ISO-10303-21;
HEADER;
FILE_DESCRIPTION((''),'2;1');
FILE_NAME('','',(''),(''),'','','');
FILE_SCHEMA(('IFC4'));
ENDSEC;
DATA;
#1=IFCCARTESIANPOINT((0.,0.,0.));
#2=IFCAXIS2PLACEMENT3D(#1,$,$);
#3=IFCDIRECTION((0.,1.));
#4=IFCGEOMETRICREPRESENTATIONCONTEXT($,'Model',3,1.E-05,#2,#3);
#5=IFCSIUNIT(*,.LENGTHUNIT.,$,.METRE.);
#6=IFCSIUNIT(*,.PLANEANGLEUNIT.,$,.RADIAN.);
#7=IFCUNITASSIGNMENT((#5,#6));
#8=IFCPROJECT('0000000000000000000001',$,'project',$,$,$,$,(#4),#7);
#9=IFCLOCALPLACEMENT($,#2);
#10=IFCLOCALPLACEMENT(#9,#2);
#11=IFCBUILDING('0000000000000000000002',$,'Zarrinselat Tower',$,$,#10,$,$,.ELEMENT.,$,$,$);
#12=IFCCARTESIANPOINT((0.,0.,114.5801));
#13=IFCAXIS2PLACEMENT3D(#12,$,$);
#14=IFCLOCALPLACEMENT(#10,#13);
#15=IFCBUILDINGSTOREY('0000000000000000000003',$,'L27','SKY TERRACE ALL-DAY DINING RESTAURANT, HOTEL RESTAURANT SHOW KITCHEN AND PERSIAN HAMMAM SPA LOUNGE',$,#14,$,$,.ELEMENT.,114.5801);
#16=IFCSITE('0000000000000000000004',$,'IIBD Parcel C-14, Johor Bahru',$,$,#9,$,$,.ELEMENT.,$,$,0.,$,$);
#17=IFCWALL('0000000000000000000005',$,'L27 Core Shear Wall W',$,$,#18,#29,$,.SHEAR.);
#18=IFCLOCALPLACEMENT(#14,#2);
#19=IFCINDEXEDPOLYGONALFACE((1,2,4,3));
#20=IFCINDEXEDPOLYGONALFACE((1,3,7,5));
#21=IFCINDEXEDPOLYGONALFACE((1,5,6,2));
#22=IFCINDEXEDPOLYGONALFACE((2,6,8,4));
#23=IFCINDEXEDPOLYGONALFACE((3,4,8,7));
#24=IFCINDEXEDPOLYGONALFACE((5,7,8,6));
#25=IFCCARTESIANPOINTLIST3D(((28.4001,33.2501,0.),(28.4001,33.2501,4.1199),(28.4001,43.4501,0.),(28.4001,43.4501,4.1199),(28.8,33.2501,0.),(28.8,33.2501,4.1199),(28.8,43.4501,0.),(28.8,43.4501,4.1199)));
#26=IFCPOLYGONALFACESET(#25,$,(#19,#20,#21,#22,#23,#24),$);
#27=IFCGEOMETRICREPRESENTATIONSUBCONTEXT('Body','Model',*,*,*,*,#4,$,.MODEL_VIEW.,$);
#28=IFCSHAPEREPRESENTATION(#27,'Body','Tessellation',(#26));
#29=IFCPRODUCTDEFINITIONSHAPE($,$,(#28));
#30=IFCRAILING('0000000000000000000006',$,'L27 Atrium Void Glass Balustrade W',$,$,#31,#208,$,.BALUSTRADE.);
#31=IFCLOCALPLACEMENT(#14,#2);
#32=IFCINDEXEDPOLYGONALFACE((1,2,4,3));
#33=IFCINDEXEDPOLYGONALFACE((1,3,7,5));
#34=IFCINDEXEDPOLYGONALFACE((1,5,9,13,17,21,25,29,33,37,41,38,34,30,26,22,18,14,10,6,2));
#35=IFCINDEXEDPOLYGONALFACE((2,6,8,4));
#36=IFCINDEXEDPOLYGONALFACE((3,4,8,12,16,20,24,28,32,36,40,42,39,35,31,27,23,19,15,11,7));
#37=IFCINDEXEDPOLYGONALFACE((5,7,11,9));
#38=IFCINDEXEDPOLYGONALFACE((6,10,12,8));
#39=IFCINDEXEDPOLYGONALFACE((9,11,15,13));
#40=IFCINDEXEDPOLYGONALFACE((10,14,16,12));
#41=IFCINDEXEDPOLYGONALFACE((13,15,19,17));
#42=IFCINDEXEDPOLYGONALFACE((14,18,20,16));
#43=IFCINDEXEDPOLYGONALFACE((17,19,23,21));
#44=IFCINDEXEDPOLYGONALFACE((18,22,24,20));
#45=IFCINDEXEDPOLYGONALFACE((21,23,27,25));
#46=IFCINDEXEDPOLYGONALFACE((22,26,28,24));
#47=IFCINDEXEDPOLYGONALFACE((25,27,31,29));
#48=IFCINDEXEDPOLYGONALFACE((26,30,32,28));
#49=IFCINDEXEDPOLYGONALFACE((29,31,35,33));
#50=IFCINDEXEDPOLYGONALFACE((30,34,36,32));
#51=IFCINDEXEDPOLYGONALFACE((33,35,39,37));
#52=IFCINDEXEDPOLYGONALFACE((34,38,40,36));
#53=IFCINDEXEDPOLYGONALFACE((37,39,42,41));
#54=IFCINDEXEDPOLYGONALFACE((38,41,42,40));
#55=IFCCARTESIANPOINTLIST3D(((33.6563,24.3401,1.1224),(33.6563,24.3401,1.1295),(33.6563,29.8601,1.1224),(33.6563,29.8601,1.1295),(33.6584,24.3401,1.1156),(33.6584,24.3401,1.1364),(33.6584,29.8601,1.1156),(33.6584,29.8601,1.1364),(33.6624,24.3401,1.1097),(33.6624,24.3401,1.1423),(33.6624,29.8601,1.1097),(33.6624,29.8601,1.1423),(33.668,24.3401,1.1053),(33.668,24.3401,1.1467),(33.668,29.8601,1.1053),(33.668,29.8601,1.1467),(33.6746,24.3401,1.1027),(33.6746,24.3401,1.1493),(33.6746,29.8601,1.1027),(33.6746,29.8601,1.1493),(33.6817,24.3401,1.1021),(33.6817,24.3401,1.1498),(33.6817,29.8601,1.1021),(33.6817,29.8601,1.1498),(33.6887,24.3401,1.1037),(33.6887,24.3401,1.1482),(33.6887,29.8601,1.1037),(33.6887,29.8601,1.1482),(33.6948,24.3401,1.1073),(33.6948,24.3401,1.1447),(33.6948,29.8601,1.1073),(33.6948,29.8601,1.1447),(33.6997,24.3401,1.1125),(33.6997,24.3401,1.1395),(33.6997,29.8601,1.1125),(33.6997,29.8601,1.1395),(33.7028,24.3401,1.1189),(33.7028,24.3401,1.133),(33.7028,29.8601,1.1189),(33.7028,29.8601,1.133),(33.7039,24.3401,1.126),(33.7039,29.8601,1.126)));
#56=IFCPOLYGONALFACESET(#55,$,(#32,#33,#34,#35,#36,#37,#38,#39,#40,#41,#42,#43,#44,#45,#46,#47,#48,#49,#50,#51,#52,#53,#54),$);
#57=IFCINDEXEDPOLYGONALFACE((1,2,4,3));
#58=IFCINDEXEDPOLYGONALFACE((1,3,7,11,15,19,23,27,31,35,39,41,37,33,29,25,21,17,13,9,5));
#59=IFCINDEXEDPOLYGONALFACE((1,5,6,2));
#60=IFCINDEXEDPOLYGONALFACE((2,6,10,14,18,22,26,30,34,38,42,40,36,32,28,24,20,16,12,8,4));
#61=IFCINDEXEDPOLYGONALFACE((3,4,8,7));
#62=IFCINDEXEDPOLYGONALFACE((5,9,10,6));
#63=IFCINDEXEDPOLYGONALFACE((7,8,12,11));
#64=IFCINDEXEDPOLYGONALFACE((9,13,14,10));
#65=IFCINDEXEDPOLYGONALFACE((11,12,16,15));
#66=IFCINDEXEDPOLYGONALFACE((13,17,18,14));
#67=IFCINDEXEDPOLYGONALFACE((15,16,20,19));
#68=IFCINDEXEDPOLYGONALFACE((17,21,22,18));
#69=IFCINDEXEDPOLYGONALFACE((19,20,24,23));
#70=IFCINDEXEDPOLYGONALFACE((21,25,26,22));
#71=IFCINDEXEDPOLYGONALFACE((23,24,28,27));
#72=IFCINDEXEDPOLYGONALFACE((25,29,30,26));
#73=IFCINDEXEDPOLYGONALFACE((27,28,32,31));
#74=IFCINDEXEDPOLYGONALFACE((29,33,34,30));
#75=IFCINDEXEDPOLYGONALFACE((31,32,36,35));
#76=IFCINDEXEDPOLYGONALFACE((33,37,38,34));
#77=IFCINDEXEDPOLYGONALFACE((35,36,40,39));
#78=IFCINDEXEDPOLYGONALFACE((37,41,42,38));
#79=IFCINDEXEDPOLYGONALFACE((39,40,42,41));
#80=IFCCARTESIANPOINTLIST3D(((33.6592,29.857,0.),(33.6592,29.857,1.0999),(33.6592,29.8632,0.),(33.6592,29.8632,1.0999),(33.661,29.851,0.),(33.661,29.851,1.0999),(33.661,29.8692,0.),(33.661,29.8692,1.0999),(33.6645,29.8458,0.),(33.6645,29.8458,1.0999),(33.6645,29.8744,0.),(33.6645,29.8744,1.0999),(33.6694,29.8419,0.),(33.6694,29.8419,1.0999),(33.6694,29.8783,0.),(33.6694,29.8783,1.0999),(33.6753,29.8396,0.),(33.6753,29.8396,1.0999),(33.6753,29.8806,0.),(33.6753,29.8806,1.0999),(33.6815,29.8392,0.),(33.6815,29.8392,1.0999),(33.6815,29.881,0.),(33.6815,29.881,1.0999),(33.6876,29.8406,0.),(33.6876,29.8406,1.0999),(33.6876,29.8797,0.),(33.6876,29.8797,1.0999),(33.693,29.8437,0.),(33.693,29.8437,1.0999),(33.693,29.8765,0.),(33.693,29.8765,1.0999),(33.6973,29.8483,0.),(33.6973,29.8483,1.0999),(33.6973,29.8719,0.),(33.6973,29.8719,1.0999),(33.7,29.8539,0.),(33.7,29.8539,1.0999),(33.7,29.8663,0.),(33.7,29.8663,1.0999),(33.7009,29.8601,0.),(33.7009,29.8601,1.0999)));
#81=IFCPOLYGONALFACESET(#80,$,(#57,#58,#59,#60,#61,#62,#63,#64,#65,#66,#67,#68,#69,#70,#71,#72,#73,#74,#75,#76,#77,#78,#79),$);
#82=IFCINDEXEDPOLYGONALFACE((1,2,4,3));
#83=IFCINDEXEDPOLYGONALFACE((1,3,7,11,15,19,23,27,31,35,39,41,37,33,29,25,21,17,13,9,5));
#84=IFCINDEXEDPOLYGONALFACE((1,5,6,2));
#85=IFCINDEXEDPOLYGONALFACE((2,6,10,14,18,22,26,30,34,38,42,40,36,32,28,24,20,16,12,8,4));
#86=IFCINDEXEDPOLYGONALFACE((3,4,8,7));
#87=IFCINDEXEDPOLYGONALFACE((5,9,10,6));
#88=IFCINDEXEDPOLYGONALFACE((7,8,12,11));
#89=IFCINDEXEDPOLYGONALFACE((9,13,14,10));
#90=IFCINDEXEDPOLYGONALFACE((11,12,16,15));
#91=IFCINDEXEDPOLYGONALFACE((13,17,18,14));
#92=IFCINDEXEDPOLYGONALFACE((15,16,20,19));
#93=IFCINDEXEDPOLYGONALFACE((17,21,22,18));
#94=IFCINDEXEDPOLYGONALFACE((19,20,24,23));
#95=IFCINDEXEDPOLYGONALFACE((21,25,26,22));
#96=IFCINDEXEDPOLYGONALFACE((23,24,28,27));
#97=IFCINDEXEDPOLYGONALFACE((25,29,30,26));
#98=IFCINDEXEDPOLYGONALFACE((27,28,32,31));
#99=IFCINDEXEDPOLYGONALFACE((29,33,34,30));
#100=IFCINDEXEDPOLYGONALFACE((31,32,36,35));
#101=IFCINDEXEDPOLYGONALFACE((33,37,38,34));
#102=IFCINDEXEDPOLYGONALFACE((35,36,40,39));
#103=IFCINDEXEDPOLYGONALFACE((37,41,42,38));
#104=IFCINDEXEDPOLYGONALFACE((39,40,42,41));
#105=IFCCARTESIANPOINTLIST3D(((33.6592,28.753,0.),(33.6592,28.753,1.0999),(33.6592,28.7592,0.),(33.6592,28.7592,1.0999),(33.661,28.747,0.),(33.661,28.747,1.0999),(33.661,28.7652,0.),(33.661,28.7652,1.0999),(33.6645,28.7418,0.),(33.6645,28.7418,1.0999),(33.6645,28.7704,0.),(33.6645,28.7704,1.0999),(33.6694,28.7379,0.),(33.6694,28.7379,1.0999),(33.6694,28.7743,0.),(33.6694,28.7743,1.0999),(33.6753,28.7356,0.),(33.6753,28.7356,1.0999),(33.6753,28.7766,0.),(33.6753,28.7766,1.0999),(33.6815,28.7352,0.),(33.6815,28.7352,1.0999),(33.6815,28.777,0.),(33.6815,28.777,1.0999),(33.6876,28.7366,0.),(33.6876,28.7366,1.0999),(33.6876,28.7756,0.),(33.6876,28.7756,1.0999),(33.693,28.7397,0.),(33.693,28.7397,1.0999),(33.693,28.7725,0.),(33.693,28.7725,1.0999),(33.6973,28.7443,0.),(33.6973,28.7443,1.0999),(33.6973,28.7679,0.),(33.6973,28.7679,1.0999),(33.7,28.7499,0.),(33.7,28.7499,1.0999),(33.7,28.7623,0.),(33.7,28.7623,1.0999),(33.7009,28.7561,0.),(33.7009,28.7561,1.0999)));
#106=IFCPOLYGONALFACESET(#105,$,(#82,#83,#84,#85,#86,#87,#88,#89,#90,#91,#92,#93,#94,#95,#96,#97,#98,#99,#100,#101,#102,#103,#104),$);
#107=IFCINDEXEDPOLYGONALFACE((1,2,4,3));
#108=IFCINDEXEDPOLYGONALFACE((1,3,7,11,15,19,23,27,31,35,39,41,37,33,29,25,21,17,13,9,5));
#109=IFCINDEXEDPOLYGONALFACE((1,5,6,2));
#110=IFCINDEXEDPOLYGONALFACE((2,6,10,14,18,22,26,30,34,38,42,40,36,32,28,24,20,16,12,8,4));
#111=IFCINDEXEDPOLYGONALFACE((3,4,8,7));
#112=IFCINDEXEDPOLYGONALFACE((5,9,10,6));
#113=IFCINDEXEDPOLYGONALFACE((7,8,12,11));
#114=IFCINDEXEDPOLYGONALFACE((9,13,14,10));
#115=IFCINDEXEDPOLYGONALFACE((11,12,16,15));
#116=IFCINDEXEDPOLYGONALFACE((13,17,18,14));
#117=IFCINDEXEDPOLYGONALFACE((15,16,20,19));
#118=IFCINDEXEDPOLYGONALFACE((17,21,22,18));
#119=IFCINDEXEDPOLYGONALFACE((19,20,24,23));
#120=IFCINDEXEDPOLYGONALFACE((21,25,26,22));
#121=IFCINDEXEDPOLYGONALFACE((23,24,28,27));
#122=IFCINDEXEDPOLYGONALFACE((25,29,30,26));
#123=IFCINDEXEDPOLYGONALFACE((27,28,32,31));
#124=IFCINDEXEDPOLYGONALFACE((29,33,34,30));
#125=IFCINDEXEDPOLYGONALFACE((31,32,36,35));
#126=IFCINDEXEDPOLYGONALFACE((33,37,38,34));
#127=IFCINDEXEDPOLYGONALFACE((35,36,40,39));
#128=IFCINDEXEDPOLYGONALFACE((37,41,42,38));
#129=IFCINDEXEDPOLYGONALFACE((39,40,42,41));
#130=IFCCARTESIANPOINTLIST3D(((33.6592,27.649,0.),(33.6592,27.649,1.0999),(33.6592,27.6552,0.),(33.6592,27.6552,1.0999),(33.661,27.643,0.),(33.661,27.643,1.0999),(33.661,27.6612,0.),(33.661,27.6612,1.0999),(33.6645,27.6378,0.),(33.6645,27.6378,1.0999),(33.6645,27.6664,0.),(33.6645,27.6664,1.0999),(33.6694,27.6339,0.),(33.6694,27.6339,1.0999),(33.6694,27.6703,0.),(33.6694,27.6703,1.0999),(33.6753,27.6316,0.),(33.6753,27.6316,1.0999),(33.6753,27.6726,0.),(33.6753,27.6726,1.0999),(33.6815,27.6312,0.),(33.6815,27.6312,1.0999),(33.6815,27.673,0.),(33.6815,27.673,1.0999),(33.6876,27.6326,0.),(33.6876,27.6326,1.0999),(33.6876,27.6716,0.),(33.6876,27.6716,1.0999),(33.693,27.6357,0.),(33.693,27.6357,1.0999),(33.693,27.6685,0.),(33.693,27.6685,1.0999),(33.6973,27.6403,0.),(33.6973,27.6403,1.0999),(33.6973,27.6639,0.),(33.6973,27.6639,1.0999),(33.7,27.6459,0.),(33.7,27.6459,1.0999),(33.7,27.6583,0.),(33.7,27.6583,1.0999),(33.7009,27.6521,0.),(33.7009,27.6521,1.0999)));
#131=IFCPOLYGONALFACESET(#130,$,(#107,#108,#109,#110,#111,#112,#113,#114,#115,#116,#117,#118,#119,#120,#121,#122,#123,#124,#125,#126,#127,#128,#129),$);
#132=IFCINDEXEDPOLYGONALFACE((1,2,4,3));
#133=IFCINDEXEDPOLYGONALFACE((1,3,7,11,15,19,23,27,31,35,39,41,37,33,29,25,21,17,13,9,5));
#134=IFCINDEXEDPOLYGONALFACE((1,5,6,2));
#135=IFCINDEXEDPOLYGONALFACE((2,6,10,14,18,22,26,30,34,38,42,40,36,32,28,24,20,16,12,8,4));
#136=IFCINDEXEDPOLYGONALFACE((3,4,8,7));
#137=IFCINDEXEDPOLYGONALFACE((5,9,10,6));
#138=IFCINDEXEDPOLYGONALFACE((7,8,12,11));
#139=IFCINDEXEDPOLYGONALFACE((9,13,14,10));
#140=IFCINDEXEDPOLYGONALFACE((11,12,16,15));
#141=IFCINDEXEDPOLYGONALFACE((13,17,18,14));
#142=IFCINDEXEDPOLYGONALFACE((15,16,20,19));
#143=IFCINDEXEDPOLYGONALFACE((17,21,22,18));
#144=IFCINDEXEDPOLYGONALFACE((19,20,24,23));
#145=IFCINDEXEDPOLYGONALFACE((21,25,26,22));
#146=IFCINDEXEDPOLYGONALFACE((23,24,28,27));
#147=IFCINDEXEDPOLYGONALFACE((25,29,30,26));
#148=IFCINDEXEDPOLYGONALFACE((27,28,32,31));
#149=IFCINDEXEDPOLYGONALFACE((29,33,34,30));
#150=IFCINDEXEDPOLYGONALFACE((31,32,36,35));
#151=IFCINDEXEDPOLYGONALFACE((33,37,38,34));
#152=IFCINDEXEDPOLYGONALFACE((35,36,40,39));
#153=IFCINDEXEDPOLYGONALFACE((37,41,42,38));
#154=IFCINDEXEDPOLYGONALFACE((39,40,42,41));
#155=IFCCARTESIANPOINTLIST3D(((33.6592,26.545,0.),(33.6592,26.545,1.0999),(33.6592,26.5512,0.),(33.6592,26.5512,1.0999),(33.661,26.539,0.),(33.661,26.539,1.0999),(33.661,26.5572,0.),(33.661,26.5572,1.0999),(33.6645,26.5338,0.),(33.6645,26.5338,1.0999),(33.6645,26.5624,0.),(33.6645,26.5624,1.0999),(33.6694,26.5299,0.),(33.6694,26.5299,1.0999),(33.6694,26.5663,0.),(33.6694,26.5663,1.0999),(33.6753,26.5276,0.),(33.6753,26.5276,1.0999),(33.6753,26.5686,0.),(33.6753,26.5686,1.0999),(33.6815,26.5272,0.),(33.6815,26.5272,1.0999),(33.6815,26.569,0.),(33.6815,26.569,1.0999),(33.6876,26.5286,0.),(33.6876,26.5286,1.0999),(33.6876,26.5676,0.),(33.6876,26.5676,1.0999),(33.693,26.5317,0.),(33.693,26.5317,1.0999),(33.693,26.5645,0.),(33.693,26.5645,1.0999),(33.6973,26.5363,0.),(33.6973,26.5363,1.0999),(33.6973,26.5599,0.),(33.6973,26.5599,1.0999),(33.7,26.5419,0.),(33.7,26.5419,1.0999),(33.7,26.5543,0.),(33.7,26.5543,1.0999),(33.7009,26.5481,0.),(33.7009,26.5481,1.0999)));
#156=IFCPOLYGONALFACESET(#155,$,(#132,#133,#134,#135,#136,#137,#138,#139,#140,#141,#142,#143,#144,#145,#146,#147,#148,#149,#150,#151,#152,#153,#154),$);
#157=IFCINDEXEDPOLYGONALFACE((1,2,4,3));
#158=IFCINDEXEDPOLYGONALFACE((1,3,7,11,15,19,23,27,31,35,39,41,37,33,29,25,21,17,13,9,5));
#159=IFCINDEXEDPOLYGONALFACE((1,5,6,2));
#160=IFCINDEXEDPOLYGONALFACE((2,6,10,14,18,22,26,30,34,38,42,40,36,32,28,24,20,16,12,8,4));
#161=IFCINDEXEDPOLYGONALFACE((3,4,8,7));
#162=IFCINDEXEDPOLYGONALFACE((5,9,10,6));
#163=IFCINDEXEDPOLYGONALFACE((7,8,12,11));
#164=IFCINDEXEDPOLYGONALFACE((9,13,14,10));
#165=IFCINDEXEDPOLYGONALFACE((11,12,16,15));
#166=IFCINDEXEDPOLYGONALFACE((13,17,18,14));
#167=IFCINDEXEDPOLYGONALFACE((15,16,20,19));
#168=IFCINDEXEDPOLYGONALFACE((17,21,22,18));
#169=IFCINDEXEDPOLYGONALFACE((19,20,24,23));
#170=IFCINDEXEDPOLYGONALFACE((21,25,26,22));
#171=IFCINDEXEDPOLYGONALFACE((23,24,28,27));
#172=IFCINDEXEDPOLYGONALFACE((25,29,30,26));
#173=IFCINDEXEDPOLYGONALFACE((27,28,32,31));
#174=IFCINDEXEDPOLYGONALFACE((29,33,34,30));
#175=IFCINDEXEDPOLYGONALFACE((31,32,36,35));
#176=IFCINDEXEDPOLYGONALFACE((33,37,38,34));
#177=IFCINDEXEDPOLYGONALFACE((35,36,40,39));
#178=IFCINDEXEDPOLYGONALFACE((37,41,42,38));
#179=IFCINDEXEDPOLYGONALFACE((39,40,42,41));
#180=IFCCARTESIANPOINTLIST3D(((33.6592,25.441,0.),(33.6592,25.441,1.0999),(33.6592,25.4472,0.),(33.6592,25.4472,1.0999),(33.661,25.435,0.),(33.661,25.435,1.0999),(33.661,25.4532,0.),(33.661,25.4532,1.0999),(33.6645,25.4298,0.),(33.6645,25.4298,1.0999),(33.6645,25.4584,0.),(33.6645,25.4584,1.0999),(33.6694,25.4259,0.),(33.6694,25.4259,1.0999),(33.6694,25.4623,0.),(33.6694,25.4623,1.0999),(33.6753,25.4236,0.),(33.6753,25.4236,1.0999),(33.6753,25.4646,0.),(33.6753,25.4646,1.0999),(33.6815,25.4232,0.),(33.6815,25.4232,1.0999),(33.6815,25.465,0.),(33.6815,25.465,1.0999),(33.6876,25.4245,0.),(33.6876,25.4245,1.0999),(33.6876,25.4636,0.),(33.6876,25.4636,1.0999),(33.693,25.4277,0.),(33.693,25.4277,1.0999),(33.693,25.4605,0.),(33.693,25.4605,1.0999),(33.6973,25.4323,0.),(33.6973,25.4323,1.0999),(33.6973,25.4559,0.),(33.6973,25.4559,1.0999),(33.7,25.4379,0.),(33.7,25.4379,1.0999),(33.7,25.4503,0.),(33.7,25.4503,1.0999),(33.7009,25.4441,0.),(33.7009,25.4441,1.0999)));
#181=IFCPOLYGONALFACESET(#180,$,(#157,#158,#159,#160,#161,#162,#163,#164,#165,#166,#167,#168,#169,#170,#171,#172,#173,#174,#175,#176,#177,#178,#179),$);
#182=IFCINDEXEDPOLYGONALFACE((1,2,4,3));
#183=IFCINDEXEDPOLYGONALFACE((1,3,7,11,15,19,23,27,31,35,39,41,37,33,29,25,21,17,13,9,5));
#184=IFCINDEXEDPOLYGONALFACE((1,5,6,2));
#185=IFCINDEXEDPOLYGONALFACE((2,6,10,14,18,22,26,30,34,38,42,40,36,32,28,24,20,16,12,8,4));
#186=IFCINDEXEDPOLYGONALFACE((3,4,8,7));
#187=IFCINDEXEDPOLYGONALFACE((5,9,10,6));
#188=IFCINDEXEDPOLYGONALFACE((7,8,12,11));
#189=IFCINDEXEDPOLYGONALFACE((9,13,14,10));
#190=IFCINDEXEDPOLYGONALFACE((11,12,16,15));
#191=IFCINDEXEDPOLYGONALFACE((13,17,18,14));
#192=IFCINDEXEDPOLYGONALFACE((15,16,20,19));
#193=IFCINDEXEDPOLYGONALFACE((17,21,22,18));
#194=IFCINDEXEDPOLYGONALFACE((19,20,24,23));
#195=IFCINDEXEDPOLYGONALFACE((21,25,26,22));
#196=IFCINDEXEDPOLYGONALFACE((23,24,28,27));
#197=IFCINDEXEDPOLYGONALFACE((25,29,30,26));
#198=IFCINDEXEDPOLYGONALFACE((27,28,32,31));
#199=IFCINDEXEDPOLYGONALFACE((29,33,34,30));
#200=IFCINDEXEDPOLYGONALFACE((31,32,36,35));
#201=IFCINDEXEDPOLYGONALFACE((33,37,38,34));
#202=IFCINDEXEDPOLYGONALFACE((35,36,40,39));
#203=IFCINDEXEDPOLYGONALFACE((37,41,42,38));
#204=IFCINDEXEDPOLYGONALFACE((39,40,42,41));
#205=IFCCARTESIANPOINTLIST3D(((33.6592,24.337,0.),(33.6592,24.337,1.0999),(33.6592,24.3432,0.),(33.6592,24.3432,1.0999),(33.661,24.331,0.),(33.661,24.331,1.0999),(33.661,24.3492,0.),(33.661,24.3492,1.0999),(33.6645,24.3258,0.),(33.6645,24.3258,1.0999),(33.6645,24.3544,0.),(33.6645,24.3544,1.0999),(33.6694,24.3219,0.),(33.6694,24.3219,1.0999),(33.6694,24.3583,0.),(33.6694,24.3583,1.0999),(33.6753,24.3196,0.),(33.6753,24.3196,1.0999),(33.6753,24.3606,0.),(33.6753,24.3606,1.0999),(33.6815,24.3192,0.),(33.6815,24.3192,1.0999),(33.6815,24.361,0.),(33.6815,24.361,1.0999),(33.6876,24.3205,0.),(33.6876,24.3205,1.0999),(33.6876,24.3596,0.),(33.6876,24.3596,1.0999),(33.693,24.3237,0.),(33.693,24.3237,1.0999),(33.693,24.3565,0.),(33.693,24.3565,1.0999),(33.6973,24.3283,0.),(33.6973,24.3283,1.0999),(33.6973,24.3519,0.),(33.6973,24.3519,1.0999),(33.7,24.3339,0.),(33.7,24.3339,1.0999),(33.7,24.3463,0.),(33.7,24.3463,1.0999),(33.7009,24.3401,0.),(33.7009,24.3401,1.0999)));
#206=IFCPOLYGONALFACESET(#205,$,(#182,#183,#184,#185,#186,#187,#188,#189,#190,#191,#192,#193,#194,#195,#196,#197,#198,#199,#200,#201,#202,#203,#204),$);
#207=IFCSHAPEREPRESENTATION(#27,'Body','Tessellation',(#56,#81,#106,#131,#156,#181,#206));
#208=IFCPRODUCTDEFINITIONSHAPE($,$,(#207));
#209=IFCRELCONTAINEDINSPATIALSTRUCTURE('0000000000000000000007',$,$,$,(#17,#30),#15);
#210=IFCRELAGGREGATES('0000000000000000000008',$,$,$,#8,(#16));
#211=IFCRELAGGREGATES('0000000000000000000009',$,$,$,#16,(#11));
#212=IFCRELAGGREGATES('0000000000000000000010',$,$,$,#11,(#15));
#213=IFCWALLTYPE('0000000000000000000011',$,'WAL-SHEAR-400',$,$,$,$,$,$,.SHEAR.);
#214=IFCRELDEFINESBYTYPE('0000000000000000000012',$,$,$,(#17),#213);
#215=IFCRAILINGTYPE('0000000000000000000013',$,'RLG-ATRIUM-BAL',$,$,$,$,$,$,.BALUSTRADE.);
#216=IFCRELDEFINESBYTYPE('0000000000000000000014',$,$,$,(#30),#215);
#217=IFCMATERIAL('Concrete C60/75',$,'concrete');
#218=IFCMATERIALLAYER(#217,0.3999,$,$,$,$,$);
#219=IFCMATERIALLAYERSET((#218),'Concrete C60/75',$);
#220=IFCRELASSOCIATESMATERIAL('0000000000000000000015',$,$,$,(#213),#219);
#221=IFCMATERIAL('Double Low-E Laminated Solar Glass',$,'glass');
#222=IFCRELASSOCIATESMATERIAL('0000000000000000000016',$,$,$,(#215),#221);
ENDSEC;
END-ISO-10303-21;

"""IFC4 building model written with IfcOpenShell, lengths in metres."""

from ifc_helpers import new_model, si_unit, direction, frame, frame_2d, origin, origin_2d, place, context, subcontext, project, spatial, rectangle, circle, extrude, material, layer, layer_set, type_object, element, save


model = new_model("IFC4")

# Units and contexts
model_context = context("Model", 3, precision=1e-05, world=origin(), true_north=direction((0.0, 1.0)))
body_context = subcontext(model_context, "Body", "Model", "MODEL_VIEW")
ifc_project = project(units=[si_unit("LENGTHUNIT", "METRE"), si_unit("PLANEANGLEUNIT", "RADIAN")], contexts=[model_context])

# Site, building, storey
site_placement = place(None, origin())
site = spatial("IfcSite", under=ifc_project, at=site_placement, Name="IIBD Parcel C-14, Johor Bahru", CompositionType="ELEMENT", RefElevation=0.0)
building_placement = place(site_placement, origin())
building = spatial("IfcBuilding", under=site, at=building_placement, Name="Zarrinselat Tower", CompositionType="ELEMENT")
storey_placement = place(building_placement, frame((0.0, 0.0, 114.5801)))
storey = spatial("IfcBuildingStorey", under=building, at=storey_placement, Name="L27", Description="SKY TERRACE ALL-DAY DINING RESTAURANT, HOTEL RESTAURANT SHOW KITCHEN AND PERSIAN HAMMAM SPA LOUNGE", CompositionType="ELEMENT", Elevation=114.5801)

# Shared definitions
ifc_material_1 = material(Name="Concrete C60/75", Category="concrete")
ifc_layer_1 = layer(ifc_material_1, 0.3999)
ifc_layer_set_1 = layer_set([ifc_layer_1], Name="Concrete C60/75")
wall_type_1 = type_object("IfcWallType", Name="WAL-SHEAR-400", PredefinedType="SHEAR", material=ifc_layer_set_1)

# Wall
wall_1_placement = place(storey_placement, frame((28.6001, 33.25, 0.0), z_axis=(0.0, 0.0, 1.0), x_axis=(0.0, 1.0, 0.0)))
element("IfcWall", 1, at=wall_1_placement, inside=storey, type_object=wall_type_1, Name="L27 Core Shear Wall W", PredefinedType="SHEAR", context=body_context, shape_type="SweptSolid", body=[
    extrude(rectangle(XDim=10.2, YDim=0.3999, at=frame_2d((5.1001, 0.0))), origin(), (0.0, 0.0, 1.0), 4.1199),
])

# Railing
ifc_material_2 = material(Name="Double Low-E Laminated Solar Glass", Category="glass")
railing_type = type_object("IfcRailingType", Name="RLG-ATRIUM-BAL", PredefinedType="BALUSTRADE", material=ifc_material_2)
railing_placement = place(storey_placement, frame((33.6799, 29.8601, 0.0)))
element("IfcRailing", 2, at=railing_placement, inside=storey, type_object=railing_type, Name="L27 Atrium Void Glass Balustrade W", PredefinedType="BALUSTRADE", context=body_context, shape_type="SweptSolid", body=[
    extrude(circle(Radius=0.0239, at=origin_2d()), frame((0.0, 0.0, 1.126), z_axis=(0.0, -1.0, 0.0), x_axis=(1.0, 0.0, 0.0)), (0.0, 0.0, 1.0), 5.52),
    extrude(circle(Radius=0.021, at=origin_2d()), origin(), (0.0, 0.0, 1.0), 1.0999),
    extrude(circle(Radius=0.021, at=origin_2d()), frame((0.0, -1.104, 0.0)), (0.0, 0.0, 1.0), 1.0999),
    extrude(circle(Radius=0.021, at=origin_2d()), frame((0.0, -2.208, 0.0)), (0.0, 0.0, 1.0), 1.0999),
    extrude(circle(Radius=0.021, at=origin_2d()), frame((0.0, -3.312, 0.0)), (0.0, 0.0, 1.0), 1.0999),
    extrude(circle(Radius=0.021, at=origin_2d()), frame((0.0, -4.416, 0.0)), (0.0, 0.0, 1.0), 1.0999),
    extrude(circle(Radius=0.021, at=origin_2d()), frame((0.0, -5.52, 0.0)), (0.0, 0.0, 1.0), 1.0999),
])

save(model, "model.ifc")
